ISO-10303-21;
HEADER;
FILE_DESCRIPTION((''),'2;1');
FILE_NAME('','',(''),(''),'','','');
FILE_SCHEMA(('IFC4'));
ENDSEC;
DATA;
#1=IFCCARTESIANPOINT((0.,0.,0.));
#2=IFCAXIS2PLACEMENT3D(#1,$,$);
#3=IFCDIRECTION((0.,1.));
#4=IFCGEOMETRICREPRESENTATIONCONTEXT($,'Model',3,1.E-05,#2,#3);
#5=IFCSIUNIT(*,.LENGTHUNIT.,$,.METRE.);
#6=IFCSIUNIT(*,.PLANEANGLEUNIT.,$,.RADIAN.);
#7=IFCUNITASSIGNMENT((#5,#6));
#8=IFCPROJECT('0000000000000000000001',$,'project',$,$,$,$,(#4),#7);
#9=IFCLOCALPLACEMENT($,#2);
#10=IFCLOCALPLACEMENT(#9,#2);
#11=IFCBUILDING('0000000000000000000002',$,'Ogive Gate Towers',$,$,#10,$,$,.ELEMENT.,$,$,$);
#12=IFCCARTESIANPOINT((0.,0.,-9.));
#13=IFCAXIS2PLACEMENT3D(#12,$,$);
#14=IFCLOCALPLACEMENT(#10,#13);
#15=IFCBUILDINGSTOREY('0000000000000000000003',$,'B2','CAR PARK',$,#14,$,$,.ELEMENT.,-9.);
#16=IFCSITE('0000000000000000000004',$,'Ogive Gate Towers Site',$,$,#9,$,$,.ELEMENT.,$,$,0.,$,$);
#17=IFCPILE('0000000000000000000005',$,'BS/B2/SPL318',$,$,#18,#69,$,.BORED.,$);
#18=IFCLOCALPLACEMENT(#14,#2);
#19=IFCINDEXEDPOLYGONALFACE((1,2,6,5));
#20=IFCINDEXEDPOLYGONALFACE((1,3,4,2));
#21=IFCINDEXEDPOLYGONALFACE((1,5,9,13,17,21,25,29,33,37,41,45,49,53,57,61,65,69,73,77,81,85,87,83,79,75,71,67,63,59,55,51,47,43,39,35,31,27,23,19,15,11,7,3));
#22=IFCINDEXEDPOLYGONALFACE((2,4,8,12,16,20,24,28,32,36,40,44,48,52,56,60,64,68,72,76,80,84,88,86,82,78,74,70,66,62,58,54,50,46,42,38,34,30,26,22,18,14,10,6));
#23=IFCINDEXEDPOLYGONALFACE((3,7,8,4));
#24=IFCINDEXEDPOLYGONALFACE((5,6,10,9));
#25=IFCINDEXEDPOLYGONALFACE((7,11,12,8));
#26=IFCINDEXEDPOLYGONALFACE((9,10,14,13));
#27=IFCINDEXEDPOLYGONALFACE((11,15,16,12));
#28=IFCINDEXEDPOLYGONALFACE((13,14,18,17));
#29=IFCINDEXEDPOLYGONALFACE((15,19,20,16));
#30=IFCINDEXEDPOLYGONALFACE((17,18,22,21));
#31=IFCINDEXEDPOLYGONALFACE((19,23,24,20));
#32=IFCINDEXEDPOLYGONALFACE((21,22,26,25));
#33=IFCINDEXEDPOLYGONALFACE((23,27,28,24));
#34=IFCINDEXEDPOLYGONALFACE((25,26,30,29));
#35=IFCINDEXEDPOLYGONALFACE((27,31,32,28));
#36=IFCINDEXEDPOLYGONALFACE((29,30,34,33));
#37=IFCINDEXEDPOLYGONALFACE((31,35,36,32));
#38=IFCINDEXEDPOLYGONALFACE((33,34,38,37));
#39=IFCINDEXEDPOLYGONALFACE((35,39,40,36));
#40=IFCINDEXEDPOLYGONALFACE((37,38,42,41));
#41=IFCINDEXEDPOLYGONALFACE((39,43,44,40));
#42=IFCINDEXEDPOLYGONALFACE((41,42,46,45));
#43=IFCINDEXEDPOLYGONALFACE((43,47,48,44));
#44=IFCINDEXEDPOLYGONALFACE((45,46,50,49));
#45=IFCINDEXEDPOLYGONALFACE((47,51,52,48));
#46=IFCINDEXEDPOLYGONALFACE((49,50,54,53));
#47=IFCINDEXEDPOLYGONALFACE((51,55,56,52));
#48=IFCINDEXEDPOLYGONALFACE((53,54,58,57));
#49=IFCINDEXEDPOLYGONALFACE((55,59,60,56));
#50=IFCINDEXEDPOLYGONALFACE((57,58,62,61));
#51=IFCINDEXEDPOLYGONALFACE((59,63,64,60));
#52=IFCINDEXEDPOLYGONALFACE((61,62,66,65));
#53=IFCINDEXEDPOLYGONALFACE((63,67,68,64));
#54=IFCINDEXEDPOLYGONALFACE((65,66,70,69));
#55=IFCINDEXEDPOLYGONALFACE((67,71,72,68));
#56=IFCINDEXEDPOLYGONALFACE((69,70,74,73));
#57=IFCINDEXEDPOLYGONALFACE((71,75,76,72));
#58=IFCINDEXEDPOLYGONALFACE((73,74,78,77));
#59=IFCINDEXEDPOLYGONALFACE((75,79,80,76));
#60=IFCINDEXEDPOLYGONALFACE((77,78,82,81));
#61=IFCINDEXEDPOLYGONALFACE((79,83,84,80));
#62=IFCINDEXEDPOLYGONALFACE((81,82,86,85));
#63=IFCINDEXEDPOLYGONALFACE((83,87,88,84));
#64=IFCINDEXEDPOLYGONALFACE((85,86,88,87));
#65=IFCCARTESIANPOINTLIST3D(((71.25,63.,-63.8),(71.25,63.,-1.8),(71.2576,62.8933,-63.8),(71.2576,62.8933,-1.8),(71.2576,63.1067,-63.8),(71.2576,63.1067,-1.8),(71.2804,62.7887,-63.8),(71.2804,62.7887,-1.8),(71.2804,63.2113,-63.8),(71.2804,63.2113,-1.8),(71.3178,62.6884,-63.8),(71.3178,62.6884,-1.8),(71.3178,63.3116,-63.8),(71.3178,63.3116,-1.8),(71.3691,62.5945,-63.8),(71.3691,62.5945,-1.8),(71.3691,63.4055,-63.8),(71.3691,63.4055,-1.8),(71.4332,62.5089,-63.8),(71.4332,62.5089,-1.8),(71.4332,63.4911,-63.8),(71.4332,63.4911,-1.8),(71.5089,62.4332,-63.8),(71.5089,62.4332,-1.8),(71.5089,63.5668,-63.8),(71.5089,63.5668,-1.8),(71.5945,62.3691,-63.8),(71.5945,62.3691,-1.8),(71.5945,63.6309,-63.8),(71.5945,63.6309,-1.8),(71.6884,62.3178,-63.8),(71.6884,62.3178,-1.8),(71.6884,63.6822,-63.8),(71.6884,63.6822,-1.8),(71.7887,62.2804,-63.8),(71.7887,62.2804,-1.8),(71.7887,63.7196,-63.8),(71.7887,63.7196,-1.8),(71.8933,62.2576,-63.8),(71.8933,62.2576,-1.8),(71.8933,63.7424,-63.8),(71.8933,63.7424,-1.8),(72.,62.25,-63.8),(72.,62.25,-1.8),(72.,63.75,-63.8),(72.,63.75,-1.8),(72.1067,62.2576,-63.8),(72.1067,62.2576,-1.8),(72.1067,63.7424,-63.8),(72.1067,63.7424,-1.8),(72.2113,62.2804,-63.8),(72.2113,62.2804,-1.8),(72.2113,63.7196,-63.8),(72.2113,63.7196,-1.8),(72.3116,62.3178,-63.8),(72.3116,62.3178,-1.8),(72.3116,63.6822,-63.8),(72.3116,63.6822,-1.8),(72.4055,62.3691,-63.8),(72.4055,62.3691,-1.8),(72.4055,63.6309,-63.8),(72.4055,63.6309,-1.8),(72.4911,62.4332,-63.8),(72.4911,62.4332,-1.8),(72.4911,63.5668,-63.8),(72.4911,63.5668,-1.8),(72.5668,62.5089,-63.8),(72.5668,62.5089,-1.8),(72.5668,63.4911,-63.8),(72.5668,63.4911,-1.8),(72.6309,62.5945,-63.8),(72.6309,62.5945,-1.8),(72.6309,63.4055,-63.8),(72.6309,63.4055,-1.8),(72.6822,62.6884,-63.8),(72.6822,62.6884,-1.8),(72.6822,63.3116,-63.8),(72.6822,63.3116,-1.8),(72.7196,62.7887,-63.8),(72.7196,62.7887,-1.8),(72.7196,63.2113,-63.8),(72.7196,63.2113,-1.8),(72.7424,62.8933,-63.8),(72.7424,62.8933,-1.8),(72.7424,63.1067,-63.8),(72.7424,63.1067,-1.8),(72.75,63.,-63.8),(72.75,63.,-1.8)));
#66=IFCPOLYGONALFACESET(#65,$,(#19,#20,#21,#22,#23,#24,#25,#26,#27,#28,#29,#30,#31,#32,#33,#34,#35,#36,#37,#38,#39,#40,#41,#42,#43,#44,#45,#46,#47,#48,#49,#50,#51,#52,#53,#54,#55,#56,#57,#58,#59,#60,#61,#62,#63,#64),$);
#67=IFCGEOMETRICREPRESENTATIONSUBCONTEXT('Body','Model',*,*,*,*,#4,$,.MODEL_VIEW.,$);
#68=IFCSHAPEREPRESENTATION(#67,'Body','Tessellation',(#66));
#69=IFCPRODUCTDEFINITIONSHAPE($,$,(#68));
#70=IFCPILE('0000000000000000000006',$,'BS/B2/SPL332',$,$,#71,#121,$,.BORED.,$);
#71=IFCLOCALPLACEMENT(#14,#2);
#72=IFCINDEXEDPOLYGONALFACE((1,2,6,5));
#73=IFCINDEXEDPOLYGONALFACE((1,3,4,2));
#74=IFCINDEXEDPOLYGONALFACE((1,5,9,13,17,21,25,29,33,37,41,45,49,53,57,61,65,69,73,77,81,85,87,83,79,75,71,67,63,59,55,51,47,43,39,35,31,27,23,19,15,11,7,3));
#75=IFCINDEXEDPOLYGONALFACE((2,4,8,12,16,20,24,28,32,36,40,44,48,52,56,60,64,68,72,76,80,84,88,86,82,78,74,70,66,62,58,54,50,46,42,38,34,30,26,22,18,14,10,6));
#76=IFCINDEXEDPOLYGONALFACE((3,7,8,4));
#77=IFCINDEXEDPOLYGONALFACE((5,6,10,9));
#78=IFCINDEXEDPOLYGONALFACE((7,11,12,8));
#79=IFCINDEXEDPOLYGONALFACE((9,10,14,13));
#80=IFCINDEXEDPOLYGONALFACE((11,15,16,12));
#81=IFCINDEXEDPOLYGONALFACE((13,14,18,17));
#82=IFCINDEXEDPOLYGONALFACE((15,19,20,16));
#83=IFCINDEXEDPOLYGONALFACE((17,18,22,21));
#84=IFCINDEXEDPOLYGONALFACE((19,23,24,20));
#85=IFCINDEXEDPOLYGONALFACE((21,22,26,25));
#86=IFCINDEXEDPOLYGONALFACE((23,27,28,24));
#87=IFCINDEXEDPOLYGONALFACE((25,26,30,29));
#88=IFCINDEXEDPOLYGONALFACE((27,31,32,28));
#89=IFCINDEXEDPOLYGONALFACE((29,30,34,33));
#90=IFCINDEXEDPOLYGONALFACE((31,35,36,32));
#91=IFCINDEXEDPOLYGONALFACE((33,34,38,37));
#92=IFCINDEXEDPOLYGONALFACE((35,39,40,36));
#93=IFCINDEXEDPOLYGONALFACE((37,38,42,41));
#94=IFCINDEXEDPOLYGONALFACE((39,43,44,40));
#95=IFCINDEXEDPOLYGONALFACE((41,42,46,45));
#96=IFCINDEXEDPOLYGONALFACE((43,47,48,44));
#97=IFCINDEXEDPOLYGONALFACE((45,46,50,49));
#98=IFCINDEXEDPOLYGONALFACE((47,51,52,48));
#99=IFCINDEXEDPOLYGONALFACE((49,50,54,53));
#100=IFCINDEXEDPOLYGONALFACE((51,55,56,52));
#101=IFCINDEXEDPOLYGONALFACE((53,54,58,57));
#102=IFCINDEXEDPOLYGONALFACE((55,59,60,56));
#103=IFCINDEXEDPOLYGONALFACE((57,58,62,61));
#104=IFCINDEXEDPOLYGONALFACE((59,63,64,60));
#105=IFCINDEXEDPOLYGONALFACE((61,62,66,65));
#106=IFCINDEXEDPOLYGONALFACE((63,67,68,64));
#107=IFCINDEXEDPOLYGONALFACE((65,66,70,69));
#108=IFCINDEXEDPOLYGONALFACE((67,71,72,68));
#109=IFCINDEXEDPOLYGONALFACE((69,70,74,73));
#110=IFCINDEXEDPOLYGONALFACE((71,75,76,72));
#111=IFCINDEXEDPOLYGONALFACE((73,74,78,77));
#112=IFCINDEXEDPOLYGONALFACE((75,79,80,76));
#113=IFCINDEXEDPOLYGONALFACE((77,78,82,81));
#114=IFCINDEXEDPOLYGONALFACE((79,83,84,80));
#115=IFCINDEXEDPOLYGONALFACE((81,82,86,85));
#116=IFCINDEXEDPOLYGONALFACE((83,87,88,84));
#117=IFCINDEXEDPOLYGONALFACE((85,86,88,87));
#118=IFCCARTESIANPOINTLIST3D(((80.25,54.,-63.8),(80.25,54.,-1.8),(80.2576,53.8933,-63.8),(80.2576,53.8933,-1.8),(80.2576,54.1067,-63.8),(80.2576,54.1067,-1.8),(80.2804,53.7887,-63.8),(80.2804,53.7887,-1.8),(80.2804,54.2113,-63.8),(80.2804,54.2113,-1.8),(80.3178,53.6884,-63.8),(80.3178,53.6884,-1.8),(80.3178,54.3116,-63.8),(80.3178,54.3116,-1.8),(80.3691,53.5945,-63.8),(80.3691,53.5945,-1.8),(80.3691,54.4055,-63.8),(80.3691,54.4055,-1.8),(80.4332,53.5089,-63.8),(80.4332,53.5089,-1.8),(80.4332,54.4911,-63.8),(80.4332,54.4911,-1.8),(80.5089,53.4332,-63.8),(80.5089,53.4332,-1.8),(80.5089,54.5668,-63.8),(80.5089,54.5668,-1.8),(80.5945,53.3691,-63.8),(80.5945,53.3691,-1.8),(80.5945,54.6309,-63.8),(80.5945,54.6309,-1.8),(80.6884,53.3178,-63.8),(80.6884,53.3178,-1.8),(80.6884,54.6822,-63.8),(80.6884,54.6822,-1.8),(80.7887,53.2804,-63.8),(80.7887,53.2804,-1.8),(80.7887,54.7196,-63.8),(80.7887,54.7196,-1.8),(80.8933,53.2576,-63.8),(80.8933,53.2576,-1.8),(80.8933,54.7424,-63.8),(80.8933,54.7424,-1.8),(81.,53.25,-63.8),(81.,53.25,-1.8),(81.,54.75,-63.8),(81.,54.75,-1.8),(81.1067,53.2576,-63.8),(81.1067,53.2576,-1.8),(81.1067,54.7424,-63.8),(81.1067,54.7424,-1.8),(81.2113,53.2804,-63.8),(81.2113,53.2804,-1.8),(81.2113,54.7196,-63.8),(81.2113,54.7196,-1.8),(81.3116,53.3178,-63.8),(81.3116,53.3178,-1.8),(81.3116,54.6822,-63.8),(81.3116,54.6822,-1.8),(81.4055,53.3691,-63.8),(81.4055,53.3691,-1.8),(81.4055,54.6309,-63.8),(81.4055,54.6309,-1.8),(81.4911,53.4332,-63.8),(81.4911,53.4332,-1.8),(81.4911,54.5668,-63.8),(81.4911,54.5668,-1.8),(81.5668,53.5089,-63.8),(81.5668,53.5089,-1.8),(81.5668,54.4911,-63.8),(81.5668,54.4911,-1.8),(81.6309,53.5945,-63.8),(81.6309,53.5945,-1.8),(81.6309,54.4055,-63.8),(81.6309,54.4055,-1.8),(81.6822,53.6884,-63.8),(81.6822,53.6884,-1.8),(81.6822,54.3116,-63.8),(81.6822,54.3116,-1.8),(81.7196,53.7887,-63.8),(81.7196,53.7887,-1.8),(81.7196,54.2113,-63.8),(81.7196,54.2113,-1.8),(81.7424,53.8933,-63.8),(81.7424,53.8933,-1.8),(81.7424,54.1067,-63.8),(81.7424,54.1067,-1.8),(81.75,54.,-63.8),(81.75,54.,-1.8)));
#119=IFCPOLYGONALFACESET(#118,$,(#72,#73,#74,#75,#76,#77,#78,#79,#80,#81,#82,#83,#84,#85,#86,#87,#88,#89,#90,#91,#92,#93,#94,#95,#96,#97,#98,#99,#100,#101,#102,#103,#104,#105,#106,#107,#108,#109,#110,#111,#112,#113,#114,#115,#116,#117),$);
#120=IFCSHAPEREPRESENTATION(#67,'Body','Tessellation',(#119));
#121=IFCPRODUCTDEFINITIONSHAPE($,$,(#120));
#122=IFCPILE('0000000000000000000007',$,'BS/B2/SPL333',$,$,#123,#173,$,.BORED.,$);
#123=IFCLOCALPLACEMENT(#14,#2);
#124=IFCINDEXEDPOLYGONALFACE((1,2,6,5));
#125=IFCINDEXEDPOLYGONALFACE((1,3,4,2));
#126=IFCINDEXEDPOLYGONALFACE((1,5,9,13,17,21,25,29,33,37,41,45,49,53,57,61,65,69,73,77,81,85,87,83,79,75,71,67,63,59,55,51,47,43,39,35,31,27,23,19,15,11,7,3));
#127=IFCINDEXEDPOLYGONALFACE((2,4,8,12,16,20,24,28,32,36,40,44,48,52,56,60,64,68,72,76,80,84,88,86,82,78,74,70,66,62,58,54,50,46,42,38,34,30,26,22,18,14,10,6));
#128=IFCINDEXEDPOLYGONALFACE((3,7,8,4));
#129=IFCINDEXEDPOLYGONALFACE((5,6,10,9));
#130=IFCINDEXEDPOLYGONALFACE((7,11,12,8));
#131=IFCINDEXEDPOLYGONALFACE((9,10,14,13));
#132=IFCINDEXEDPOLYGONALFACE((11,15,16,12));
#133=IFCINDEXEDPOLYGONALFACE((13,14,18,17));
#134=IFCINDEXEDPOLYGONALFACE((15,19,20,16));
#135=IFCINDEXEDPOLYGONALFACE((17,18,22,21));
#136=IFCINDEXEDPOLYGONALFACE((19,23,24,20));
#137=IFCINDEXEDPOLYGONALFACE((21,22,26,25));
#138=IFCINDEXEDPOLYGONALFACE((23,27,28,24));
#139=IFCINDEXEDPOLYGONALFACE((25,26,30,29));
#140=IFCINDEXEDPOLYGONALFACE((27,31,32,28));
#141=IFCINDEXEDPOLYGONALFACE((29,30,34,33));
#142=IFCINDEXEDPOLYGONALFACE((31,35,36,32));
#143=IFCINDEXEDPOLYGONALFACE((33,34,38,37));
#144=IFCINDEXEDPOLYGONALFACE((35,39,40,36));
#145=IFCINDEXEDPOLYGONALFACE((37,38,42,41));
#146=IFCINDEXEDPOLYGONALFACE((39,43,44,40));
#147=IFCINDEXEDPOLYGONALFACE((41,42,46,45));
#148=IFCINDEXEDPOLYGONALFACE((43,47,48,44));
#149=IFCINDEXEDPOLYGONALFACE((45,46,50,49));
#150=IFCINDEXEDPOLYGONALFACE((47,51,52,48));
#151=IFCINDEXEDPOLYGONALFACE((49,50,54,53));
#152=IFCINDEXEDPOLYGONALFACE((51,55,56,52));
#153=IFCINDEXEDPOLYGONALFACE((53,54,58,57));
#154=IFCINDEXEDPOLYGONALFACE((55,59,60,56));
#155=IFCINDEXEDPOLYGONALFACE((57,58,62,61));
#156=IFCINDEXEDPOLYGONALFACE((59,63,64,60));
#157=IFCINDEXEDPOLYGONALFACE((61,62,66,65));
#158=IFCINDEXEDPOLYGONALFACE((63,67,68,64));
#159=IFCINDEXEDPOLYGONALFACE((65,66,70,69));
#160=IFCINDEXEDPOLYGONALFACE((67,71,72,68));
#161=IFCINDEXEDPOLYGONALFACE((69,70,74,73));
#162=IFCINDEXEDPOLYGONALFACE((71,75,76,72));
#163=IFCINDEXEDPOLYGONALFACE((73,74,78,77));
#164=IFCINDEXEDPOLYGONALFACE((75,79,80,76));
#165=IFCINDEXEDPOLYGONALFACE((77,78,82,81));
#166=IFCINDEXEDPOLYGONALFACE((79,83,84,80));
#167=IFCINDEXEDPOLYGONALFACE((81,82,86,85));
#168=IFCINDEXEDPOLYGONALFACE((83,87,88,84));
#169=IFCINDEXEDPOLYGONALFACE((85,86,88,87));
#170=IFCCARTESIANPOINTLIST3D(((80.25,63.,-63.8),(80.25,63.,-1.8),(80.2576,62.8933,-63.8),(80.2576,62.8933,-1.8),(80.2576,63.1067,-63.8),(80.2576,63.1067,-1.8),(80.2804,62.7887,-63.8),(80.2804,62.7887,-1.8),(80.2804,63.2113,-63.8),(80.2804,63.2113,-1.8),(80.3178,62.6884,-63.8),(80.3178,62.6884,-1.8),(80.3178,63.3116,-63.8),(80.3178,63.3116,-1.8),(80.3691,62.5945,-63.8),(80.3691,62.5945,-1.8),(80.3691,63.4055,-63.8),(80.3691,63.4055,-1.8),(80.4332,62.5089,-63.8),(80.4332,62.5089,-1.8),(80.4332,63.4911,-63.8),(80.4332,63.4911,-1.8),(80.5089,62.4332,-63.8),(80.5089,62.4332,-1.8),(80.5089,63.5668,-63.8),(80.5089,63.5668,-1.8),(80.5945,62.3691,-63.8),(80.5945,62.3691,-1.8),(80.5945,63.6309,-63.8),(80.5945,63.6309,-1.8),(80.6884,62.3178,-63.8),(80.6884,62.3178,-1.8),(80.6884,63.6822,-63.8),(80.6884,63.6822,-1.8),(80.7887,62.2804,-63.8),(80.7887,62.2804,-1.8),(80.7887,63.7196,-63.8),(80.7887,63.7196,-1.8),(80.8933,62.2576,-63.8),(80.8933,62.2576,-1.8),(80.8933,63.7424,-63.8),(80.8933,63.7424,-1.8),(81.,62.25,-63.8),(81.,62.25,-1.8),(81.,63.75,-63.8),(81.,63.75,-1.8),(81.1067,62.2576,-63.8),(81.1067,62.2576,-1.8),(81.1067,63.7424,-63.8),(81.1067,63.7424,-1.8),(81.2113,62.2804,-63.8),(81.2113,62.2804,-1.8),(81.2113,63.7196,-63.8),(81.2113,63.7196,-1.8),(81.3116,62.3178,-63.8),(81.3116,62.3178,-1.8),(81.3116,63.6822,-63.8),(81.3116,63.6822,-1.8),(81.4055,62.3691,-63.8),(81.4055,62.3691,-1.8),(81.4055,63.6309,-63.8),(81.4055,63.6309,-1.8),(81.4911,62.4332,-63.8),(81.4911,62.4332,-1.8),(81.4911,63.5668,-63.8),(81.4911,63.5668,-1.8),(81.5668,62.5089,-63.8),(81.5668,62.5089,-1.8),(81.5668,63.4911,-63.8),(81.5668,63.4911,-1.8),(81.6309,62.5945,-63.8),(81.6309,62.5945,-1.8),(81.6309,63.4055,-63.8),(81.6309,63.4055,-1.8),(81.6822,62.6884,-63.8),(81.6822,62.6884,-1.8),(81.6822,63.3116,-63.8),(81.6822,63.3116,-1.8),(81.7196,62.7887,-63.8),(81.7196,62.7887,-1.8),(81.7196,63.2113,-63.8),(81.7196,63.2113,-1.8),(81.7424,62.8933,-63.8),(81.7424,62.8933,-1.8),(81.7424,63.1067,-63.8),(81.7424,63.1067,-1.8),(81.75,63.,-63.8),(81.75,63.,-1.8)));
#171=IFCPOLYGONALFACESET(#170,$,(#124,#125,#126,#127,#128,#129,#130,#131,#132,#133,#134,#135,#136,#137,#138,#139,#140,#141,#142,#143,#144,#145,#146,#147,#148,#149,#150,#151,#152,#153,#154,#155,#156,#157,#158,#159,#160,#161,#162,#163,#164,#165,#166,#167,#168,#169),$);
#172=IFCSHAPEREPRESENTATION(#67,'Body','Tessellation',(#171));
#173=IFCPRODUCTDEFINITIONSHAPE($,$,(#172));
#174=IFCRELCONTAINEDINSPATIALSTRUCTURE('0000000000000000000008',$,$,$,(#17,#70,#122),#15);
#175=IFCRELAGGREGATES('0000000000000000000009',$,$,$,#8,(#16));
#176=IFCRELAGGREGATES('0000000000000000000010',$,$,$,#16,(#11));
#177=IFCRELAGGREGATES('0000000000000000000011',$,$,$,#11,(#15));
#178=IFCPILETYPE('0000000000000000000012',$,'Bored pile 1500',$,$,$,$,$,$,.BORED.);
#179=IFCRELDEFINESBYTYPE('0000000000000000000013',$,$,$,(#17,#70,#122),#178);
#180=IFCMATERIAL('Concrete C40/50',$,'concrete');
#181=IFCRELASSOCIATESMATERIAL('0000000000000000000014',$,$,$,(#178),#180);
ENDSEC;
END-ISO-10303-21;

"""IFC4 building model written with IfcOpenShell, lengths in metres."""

from ifc_helpers import new_model, si_unit, direction, frame, origin, origin_2d, place, context, subcontext, project, spatial, circle, extrude, material, material_profile, profile_set, type_object, element, save


model = new_model("IFC4")

# Units and contexts
model_context = context("Model", 3, precision=1e-05, world=origin(), true_north=direction((0.0, 1.0)))
body_context = subcontext(model_context, "Body", "Model", "MODEL_VIEW")
ifc_project = project(units=[si_unit("LENGTHUNIT", "METRE"), si_unit("PLANEANGLEUNIT", "RADIAN")], contexts=[model_context])

# Site, building, storey
site_placement = place(None, origin())
site = spatial("IfcSite", under=ifc_project, at=site_placement, Name="Ogive Gate Towers Site", CompositionType="ELEMENT", RefElevation=0.0)
building_placement = place(site_placement, origin())
building = spatial("IfcBuilding", under=site, at=building_placement, Name="Ogive Gate Towers", CompositionType="ELEMENT")
storey_placement = place(building_placement, frame((0.0, 0.0, -9.0)))
storey = spatial("IfcBuildingStorey", under=building, at=storey_placement, Name="B2", Description="CAR PARK", CompositionType="ELEMENT", Elevation=-9.0)

# Piles
ifc_material_1 = material(Name="Concrete C40/50", Category="concrete")
ifc_material_profile_1 = material_profile(ifc_material_1, circle(Radius=0.75, at=origin_2d()), Name="BP 1500")
ifc_profile_set_1 = profile_set([ifc_material_profile_1], Name="Concrete C40/50")
pile_type = type_object("IfcPileType", Name="Bored pile 1500", PredefinedType="BORED", material=ifc_profile_set_1)
for number, where, z_axis, x_axis, name in (
    (1, (72.0, 63.0, -1.8), (0.0, 0.0, -1.0), (1.0, 0.0, 0.0), "BS/B2/SPL318"),
    (2, (81.0, 54.0, -1.8), (0.0, 0.0, -1.0), (1.0, 0.0, 0.0), "BS/B2/SPL332"),
    (3, (81.0, 63.0, -1.8), (0.0, 0.0, -1.0), (1.0, 0.0, 0.0), "BS/B2/SPL333"),
):
    element("IfcPile", number, at=place(storey_placement, frame(where, z_axis=z_axis, x_axis=x_axis)), inside=storey, type_object=pile_type, Name=name, PredefinedType="BORED", context=body_context, shape_type="SweptSolid", body=[
        extrude(circle(Radius=0.75, at=origin_2d()), origin(), (0.0, 0.0, 1.0), 62.0),
    ])

save(model, "model.ifc")
